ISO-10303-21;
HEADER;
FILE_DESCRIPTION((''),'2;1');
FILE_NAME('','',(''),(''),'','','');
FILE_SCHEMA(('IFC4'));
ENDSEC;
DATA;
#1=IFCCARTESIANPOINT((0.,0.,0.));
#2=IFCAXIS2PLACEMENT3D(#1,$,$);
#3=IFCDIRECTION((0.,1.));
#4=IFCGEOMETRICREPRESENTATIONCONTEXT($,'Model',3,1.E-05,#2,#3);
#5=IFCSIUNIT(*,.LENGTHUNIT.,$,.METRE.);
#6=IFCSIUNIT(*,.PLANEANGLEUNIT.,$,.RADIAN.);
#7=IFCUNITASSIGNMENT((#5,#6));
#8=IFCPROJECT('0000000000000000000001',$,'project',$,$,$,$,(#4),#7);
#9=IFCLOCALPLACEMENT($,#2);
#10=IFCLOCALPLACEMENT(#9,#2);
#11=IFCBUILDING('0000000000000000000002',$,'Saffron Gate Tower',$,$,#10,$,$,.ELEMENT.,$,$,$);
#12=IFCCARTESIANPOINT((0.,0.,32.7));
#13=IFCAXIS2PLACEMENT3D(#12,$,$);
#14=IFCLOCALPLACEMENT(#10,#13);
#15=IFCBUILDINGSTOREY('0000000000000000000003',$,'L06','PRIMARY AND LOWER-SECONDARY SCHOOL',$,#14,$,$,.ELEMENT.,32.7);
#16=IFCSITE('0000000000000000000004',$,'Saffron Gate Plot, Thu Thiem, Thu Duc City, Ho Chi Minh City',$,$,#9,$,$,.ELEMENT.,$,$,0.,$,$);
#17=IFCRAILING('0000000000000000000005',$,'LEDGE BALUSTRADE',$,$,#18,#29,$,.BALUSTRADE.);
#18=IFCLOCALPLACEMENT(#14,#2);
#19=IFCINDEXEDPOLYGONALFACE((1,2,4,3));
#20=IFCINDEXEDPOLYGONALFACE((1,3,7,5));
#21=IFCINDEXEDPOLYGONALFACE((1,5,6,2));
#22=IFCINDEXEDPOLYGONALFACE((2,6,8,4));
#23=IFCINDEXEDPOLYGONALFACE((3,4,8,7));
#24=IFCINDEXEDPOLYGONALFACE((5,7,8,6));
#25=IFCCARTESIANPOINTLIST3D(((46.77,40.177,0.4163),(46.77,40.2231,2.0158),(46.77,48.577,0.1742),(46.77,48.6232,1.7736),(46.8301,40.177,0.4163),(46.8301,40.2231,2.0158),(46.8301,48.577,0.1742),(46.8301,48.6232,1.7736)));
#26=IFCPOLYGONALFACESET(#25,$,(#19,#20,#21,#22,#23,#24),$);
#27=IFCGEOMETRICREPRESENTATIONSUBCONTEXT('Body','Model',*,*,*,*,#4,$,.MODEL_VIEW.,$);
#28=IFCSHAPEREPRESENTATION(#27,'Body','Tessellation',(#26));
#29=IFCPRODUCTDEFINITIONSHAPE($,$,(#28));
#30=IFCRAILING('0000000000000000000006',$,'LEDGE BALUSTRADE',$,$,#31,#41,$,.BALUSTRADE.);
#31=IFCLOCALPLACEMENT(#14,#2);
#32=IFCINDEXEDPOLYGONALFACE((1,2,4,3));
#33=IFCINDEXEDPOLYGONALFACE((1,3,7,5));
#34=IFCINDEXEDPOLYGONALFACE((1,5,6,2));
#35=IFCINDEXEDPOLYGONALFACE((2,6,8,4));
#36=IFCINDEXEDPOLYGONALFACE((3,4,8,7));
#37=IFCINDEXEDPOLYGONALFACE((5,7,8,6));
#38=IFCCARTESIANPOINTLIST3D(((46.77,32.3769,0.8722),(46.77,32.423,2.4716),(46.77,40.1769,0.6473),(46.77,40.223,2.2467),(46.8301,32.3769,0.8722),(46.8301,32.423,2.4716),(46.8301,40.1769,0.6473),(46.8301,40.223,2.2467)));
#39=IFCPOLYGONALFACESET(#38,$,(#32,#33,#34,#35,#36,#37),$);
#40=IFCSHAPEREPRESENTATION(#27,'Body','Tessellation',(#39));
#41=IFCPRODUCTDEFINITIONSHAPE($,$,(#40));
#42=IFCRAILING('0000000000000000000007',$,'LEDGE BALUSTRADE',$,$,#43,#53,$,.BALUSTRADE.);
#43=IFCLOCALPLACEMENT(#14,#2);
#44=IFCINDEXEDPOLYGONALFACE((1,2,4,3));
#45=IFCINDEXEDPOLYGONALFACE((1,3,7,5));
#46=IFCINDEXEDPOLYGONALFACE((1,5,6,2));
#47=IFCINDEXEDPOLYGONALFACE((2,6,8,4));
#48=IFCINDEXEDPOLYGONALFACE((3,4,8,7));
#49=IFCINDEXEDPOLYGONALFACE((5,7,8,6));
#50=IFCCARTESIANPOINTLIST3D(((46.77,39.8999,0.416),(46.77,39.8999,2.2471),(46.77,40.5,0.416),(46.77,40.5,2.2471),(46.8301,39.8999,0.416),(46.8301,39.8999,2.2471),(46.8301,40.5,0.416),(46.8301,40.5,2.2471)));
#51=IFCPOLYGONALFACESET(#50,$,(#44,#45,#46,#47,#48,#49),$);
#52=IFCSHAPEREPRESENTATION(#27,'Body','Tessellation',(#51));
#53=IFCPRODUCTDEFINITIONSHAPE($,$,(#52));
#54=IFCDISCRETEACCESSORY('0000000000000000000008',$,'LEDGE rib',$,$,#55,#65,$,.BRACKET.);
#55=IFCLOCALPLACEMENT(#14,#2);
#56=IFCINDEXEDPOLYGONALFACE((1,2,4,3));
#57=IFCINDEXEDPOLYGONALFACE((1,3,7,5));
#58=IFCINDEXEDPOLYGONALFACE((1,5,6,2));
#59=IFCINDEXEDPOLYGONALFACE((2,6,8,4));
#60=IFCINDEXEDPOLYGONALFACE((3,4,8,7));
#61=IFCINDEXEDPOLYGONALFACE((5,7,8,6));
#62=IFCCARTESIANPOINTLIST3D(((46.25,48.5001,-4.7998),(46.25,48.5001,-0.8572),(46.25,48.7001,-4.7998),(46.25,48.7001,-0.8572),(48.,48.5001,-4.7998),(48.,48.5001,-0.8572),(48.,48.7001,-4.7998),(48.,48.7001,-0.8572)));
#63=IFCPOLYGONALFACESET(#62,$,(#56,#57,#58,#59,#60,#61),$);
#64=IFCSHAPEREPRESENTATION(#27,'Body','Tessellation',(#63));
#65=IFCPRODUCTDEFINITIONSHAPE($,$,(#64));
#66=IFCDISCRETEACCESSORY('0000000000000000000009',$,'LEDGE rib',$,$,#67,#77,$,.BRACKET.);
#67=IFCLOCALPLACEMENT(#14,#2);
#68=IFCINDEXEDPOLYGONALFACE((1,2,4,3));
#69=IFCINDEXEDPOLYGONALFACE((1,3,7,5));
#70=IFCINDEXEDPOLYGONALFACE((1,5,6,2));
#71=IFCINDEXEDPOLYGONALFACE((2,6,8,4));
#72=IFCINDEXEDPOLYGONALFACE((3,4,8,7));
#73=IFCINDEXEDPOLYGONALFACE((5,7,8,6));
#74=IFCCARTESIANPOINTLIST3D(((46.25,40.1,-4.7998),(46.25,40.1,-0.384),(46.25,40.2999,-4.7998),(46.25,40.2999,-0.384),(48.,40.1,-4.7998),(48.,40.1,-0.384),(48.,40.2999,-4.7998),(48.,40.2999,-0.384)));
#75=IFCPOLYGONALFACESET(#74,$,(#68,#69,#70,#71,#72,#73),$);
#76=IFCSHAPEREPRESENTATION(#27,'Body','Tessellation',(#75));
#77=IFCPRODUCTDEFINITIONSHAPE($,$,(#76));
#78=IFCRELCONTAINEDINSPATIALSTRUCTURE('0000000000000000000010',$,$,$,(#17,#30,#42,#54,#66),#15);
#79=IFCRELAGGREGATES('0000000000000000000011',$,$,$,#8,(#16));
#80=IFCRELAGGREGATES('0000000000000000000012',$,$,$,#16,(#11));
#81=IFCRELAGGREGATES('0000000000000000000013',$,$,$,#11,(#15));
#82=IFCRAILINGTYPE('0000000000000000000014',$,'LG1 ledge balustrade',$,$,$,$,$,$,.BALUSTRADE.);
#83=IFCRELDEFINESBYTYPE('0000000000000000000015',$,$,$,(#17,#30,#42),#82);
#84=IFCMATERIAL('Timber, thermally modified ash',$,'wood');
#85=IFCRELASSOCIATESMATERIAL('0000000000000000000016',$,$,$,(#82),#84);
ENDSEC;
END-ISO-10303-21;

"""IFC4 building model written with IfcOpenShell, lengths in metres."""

from ifc_helpers import new_model, si_unit, direction, frame, origin, origin_2d, place, context, subcontext, project, spatial, rectangle, extrude, material, type_object, element, save


model = new_model("IFC4")

# Units and contexts
model_context = context("Model", 3, precision=1e-05, world=origin(), true_north=direction((0.0, 1.0)))
body_context = subcontext(model_context, "Body", "Model", "MODEL_VIEW")
ifc_project = project(units=[si_unit("LENGTHUNIT", "METRE"), si_unit("PLANEANGLEUNIT", "RADIAN")], contexts=[model_context])

# Site, building, storey
site_placement = place(None, origin())
site = spatial("IfcSite", under=ifc_project, at=site_placement, Name="Saffron Gate Plot, Thu Thiem, Thu Duc City, Ho Chi Minh City", CompositionType="ELEMENT", RefElevation=0.0)
building_placement = place(site_placement, origin())
building = spatial("IfcBuilding", under=site, at=building_placement, Name="Saffron Gate Tower", CompositionType="ELEMENT")
storey_placement = place(building_placement, frame((0.0, 0.0, 32.7)))
storey = spatial("IfcBuildingStorey", under=building, at=storey_placement, Name="L06", Description="PRIMARY AND LOWER-SECONDARY SCHOOL", CompositionType="ELEMENT", Elevation=32.7)

# Shared definitions
ifc_material_1 = material(Name="Timber, thermally modified ash", Category="wood")

# Railings
railing_type = type_object("IfcRailingType", Name="LG1 ledge balustrade", PredefinedType="BALUSTRADE", material=ifc_material_1)
railing_1_placement = place(storey_placement, frame((46.8, 48.6001, 0.1738)))
element("IfcRailing", 1, at=railing_1_placement, inside=storey, type_object=railing_type, Name="LEDGE BALUSTRADE", PredefinedType="BALUSTRADE", context=body_context, shape_type="SweptSolid", body=[
    extrude(rectangle(XDim=0.0601, YDim=1.6001, at=origin_2d()), frame((0.0, 0.0, 0.8), z_axis=(0.0, -0.999585, 0.028819), x_axis=(1.0, 0.0, 0.0)), (0.0, 0.0, 1.0), 8.4036),
])
railing_2_placement = place(storey_placement, frame((46.8, 40.2, 0.647)))
element("IfcRailing", 2, at=railing_2_placement, inside=storey, type_object=railing_type, Name="LEDGE BALUSTRADE", PredefinedType="BALUSTRADE", context=body_context, shape_type="SweptSolid", body=[
    extrude(rectangle(XDim=0.0601, YDim=1.6001, at=origin_2d()), frame((0.0, 0.0, 0.8), z_axis=(0.0, -0.999585, 0.028815), x_axis=(1.0, 0.0, 0.0)), (0.0, 0.0, 1.0), 7.8032),
])
railing_3_placement = place(storey_placement, frame((46.8, 40.5, 0.416)))
element("IfcRailing", 3, at=railing_3_placement, inside=storey, type_object=railing_type, Name="LEDGE BALUSTRADE", PredefinedType="BALUSTRADE", context=body_context, shape_type="SweptSolid", body=[
    extrude(rectangle(XDim=0.0601, YDim=1.8311, at=origin_2d()), frame((0.0, 0.0, 0.9155), z_axis=(0.0, -1.0, 0.0), x_axis=(1.0, 0.0, 0.0)), (0.0, 0.0, 1.0), 0.6001),
])

# Discrete accessories
discrete_accessory_1_placement = place(storey_placement, frame((47.125, 48.6001, -4.7998), z_axis=(0.0, 0.0, 1.0), x_axis=(0.0, -1.0, 0.0)))
element("IfcDiscreteAccessory", 4, at=discrete_accessory_1_placement, inside=storey, Name="LEDGE rib", PredefinedType="BRACKET", context=body_context, shape_type="SweptSolid", body=[
    extrude(rectangle(XDim=0.2, YDim=1.75, at=origin_2d()), origin(), (0.0, 0.0, 1.0), 3.9426),
])
discrete_accessory_2_placement = place(storey_placement, frame((47.125, 40.2, -4.7998), z_axis=(0.0, 0.0, 1.0), x_axis=(0.0, -1.0, 0.0)))
element("IfcDiscreteAccessory", 5, at=discrete_accessory_2_placement, inside=storey, Name="LEDGE rib", PredefinedType="BRACKET", context=body_context, shape_type="SweptSolid", body=[
    extrude(rectangle(XDim=0.2, YDim=1.75, at=origin_2d()), origin(), (0.0, 0.0, 1.0), 4.4158),
])

save(model, "model.ifc")
